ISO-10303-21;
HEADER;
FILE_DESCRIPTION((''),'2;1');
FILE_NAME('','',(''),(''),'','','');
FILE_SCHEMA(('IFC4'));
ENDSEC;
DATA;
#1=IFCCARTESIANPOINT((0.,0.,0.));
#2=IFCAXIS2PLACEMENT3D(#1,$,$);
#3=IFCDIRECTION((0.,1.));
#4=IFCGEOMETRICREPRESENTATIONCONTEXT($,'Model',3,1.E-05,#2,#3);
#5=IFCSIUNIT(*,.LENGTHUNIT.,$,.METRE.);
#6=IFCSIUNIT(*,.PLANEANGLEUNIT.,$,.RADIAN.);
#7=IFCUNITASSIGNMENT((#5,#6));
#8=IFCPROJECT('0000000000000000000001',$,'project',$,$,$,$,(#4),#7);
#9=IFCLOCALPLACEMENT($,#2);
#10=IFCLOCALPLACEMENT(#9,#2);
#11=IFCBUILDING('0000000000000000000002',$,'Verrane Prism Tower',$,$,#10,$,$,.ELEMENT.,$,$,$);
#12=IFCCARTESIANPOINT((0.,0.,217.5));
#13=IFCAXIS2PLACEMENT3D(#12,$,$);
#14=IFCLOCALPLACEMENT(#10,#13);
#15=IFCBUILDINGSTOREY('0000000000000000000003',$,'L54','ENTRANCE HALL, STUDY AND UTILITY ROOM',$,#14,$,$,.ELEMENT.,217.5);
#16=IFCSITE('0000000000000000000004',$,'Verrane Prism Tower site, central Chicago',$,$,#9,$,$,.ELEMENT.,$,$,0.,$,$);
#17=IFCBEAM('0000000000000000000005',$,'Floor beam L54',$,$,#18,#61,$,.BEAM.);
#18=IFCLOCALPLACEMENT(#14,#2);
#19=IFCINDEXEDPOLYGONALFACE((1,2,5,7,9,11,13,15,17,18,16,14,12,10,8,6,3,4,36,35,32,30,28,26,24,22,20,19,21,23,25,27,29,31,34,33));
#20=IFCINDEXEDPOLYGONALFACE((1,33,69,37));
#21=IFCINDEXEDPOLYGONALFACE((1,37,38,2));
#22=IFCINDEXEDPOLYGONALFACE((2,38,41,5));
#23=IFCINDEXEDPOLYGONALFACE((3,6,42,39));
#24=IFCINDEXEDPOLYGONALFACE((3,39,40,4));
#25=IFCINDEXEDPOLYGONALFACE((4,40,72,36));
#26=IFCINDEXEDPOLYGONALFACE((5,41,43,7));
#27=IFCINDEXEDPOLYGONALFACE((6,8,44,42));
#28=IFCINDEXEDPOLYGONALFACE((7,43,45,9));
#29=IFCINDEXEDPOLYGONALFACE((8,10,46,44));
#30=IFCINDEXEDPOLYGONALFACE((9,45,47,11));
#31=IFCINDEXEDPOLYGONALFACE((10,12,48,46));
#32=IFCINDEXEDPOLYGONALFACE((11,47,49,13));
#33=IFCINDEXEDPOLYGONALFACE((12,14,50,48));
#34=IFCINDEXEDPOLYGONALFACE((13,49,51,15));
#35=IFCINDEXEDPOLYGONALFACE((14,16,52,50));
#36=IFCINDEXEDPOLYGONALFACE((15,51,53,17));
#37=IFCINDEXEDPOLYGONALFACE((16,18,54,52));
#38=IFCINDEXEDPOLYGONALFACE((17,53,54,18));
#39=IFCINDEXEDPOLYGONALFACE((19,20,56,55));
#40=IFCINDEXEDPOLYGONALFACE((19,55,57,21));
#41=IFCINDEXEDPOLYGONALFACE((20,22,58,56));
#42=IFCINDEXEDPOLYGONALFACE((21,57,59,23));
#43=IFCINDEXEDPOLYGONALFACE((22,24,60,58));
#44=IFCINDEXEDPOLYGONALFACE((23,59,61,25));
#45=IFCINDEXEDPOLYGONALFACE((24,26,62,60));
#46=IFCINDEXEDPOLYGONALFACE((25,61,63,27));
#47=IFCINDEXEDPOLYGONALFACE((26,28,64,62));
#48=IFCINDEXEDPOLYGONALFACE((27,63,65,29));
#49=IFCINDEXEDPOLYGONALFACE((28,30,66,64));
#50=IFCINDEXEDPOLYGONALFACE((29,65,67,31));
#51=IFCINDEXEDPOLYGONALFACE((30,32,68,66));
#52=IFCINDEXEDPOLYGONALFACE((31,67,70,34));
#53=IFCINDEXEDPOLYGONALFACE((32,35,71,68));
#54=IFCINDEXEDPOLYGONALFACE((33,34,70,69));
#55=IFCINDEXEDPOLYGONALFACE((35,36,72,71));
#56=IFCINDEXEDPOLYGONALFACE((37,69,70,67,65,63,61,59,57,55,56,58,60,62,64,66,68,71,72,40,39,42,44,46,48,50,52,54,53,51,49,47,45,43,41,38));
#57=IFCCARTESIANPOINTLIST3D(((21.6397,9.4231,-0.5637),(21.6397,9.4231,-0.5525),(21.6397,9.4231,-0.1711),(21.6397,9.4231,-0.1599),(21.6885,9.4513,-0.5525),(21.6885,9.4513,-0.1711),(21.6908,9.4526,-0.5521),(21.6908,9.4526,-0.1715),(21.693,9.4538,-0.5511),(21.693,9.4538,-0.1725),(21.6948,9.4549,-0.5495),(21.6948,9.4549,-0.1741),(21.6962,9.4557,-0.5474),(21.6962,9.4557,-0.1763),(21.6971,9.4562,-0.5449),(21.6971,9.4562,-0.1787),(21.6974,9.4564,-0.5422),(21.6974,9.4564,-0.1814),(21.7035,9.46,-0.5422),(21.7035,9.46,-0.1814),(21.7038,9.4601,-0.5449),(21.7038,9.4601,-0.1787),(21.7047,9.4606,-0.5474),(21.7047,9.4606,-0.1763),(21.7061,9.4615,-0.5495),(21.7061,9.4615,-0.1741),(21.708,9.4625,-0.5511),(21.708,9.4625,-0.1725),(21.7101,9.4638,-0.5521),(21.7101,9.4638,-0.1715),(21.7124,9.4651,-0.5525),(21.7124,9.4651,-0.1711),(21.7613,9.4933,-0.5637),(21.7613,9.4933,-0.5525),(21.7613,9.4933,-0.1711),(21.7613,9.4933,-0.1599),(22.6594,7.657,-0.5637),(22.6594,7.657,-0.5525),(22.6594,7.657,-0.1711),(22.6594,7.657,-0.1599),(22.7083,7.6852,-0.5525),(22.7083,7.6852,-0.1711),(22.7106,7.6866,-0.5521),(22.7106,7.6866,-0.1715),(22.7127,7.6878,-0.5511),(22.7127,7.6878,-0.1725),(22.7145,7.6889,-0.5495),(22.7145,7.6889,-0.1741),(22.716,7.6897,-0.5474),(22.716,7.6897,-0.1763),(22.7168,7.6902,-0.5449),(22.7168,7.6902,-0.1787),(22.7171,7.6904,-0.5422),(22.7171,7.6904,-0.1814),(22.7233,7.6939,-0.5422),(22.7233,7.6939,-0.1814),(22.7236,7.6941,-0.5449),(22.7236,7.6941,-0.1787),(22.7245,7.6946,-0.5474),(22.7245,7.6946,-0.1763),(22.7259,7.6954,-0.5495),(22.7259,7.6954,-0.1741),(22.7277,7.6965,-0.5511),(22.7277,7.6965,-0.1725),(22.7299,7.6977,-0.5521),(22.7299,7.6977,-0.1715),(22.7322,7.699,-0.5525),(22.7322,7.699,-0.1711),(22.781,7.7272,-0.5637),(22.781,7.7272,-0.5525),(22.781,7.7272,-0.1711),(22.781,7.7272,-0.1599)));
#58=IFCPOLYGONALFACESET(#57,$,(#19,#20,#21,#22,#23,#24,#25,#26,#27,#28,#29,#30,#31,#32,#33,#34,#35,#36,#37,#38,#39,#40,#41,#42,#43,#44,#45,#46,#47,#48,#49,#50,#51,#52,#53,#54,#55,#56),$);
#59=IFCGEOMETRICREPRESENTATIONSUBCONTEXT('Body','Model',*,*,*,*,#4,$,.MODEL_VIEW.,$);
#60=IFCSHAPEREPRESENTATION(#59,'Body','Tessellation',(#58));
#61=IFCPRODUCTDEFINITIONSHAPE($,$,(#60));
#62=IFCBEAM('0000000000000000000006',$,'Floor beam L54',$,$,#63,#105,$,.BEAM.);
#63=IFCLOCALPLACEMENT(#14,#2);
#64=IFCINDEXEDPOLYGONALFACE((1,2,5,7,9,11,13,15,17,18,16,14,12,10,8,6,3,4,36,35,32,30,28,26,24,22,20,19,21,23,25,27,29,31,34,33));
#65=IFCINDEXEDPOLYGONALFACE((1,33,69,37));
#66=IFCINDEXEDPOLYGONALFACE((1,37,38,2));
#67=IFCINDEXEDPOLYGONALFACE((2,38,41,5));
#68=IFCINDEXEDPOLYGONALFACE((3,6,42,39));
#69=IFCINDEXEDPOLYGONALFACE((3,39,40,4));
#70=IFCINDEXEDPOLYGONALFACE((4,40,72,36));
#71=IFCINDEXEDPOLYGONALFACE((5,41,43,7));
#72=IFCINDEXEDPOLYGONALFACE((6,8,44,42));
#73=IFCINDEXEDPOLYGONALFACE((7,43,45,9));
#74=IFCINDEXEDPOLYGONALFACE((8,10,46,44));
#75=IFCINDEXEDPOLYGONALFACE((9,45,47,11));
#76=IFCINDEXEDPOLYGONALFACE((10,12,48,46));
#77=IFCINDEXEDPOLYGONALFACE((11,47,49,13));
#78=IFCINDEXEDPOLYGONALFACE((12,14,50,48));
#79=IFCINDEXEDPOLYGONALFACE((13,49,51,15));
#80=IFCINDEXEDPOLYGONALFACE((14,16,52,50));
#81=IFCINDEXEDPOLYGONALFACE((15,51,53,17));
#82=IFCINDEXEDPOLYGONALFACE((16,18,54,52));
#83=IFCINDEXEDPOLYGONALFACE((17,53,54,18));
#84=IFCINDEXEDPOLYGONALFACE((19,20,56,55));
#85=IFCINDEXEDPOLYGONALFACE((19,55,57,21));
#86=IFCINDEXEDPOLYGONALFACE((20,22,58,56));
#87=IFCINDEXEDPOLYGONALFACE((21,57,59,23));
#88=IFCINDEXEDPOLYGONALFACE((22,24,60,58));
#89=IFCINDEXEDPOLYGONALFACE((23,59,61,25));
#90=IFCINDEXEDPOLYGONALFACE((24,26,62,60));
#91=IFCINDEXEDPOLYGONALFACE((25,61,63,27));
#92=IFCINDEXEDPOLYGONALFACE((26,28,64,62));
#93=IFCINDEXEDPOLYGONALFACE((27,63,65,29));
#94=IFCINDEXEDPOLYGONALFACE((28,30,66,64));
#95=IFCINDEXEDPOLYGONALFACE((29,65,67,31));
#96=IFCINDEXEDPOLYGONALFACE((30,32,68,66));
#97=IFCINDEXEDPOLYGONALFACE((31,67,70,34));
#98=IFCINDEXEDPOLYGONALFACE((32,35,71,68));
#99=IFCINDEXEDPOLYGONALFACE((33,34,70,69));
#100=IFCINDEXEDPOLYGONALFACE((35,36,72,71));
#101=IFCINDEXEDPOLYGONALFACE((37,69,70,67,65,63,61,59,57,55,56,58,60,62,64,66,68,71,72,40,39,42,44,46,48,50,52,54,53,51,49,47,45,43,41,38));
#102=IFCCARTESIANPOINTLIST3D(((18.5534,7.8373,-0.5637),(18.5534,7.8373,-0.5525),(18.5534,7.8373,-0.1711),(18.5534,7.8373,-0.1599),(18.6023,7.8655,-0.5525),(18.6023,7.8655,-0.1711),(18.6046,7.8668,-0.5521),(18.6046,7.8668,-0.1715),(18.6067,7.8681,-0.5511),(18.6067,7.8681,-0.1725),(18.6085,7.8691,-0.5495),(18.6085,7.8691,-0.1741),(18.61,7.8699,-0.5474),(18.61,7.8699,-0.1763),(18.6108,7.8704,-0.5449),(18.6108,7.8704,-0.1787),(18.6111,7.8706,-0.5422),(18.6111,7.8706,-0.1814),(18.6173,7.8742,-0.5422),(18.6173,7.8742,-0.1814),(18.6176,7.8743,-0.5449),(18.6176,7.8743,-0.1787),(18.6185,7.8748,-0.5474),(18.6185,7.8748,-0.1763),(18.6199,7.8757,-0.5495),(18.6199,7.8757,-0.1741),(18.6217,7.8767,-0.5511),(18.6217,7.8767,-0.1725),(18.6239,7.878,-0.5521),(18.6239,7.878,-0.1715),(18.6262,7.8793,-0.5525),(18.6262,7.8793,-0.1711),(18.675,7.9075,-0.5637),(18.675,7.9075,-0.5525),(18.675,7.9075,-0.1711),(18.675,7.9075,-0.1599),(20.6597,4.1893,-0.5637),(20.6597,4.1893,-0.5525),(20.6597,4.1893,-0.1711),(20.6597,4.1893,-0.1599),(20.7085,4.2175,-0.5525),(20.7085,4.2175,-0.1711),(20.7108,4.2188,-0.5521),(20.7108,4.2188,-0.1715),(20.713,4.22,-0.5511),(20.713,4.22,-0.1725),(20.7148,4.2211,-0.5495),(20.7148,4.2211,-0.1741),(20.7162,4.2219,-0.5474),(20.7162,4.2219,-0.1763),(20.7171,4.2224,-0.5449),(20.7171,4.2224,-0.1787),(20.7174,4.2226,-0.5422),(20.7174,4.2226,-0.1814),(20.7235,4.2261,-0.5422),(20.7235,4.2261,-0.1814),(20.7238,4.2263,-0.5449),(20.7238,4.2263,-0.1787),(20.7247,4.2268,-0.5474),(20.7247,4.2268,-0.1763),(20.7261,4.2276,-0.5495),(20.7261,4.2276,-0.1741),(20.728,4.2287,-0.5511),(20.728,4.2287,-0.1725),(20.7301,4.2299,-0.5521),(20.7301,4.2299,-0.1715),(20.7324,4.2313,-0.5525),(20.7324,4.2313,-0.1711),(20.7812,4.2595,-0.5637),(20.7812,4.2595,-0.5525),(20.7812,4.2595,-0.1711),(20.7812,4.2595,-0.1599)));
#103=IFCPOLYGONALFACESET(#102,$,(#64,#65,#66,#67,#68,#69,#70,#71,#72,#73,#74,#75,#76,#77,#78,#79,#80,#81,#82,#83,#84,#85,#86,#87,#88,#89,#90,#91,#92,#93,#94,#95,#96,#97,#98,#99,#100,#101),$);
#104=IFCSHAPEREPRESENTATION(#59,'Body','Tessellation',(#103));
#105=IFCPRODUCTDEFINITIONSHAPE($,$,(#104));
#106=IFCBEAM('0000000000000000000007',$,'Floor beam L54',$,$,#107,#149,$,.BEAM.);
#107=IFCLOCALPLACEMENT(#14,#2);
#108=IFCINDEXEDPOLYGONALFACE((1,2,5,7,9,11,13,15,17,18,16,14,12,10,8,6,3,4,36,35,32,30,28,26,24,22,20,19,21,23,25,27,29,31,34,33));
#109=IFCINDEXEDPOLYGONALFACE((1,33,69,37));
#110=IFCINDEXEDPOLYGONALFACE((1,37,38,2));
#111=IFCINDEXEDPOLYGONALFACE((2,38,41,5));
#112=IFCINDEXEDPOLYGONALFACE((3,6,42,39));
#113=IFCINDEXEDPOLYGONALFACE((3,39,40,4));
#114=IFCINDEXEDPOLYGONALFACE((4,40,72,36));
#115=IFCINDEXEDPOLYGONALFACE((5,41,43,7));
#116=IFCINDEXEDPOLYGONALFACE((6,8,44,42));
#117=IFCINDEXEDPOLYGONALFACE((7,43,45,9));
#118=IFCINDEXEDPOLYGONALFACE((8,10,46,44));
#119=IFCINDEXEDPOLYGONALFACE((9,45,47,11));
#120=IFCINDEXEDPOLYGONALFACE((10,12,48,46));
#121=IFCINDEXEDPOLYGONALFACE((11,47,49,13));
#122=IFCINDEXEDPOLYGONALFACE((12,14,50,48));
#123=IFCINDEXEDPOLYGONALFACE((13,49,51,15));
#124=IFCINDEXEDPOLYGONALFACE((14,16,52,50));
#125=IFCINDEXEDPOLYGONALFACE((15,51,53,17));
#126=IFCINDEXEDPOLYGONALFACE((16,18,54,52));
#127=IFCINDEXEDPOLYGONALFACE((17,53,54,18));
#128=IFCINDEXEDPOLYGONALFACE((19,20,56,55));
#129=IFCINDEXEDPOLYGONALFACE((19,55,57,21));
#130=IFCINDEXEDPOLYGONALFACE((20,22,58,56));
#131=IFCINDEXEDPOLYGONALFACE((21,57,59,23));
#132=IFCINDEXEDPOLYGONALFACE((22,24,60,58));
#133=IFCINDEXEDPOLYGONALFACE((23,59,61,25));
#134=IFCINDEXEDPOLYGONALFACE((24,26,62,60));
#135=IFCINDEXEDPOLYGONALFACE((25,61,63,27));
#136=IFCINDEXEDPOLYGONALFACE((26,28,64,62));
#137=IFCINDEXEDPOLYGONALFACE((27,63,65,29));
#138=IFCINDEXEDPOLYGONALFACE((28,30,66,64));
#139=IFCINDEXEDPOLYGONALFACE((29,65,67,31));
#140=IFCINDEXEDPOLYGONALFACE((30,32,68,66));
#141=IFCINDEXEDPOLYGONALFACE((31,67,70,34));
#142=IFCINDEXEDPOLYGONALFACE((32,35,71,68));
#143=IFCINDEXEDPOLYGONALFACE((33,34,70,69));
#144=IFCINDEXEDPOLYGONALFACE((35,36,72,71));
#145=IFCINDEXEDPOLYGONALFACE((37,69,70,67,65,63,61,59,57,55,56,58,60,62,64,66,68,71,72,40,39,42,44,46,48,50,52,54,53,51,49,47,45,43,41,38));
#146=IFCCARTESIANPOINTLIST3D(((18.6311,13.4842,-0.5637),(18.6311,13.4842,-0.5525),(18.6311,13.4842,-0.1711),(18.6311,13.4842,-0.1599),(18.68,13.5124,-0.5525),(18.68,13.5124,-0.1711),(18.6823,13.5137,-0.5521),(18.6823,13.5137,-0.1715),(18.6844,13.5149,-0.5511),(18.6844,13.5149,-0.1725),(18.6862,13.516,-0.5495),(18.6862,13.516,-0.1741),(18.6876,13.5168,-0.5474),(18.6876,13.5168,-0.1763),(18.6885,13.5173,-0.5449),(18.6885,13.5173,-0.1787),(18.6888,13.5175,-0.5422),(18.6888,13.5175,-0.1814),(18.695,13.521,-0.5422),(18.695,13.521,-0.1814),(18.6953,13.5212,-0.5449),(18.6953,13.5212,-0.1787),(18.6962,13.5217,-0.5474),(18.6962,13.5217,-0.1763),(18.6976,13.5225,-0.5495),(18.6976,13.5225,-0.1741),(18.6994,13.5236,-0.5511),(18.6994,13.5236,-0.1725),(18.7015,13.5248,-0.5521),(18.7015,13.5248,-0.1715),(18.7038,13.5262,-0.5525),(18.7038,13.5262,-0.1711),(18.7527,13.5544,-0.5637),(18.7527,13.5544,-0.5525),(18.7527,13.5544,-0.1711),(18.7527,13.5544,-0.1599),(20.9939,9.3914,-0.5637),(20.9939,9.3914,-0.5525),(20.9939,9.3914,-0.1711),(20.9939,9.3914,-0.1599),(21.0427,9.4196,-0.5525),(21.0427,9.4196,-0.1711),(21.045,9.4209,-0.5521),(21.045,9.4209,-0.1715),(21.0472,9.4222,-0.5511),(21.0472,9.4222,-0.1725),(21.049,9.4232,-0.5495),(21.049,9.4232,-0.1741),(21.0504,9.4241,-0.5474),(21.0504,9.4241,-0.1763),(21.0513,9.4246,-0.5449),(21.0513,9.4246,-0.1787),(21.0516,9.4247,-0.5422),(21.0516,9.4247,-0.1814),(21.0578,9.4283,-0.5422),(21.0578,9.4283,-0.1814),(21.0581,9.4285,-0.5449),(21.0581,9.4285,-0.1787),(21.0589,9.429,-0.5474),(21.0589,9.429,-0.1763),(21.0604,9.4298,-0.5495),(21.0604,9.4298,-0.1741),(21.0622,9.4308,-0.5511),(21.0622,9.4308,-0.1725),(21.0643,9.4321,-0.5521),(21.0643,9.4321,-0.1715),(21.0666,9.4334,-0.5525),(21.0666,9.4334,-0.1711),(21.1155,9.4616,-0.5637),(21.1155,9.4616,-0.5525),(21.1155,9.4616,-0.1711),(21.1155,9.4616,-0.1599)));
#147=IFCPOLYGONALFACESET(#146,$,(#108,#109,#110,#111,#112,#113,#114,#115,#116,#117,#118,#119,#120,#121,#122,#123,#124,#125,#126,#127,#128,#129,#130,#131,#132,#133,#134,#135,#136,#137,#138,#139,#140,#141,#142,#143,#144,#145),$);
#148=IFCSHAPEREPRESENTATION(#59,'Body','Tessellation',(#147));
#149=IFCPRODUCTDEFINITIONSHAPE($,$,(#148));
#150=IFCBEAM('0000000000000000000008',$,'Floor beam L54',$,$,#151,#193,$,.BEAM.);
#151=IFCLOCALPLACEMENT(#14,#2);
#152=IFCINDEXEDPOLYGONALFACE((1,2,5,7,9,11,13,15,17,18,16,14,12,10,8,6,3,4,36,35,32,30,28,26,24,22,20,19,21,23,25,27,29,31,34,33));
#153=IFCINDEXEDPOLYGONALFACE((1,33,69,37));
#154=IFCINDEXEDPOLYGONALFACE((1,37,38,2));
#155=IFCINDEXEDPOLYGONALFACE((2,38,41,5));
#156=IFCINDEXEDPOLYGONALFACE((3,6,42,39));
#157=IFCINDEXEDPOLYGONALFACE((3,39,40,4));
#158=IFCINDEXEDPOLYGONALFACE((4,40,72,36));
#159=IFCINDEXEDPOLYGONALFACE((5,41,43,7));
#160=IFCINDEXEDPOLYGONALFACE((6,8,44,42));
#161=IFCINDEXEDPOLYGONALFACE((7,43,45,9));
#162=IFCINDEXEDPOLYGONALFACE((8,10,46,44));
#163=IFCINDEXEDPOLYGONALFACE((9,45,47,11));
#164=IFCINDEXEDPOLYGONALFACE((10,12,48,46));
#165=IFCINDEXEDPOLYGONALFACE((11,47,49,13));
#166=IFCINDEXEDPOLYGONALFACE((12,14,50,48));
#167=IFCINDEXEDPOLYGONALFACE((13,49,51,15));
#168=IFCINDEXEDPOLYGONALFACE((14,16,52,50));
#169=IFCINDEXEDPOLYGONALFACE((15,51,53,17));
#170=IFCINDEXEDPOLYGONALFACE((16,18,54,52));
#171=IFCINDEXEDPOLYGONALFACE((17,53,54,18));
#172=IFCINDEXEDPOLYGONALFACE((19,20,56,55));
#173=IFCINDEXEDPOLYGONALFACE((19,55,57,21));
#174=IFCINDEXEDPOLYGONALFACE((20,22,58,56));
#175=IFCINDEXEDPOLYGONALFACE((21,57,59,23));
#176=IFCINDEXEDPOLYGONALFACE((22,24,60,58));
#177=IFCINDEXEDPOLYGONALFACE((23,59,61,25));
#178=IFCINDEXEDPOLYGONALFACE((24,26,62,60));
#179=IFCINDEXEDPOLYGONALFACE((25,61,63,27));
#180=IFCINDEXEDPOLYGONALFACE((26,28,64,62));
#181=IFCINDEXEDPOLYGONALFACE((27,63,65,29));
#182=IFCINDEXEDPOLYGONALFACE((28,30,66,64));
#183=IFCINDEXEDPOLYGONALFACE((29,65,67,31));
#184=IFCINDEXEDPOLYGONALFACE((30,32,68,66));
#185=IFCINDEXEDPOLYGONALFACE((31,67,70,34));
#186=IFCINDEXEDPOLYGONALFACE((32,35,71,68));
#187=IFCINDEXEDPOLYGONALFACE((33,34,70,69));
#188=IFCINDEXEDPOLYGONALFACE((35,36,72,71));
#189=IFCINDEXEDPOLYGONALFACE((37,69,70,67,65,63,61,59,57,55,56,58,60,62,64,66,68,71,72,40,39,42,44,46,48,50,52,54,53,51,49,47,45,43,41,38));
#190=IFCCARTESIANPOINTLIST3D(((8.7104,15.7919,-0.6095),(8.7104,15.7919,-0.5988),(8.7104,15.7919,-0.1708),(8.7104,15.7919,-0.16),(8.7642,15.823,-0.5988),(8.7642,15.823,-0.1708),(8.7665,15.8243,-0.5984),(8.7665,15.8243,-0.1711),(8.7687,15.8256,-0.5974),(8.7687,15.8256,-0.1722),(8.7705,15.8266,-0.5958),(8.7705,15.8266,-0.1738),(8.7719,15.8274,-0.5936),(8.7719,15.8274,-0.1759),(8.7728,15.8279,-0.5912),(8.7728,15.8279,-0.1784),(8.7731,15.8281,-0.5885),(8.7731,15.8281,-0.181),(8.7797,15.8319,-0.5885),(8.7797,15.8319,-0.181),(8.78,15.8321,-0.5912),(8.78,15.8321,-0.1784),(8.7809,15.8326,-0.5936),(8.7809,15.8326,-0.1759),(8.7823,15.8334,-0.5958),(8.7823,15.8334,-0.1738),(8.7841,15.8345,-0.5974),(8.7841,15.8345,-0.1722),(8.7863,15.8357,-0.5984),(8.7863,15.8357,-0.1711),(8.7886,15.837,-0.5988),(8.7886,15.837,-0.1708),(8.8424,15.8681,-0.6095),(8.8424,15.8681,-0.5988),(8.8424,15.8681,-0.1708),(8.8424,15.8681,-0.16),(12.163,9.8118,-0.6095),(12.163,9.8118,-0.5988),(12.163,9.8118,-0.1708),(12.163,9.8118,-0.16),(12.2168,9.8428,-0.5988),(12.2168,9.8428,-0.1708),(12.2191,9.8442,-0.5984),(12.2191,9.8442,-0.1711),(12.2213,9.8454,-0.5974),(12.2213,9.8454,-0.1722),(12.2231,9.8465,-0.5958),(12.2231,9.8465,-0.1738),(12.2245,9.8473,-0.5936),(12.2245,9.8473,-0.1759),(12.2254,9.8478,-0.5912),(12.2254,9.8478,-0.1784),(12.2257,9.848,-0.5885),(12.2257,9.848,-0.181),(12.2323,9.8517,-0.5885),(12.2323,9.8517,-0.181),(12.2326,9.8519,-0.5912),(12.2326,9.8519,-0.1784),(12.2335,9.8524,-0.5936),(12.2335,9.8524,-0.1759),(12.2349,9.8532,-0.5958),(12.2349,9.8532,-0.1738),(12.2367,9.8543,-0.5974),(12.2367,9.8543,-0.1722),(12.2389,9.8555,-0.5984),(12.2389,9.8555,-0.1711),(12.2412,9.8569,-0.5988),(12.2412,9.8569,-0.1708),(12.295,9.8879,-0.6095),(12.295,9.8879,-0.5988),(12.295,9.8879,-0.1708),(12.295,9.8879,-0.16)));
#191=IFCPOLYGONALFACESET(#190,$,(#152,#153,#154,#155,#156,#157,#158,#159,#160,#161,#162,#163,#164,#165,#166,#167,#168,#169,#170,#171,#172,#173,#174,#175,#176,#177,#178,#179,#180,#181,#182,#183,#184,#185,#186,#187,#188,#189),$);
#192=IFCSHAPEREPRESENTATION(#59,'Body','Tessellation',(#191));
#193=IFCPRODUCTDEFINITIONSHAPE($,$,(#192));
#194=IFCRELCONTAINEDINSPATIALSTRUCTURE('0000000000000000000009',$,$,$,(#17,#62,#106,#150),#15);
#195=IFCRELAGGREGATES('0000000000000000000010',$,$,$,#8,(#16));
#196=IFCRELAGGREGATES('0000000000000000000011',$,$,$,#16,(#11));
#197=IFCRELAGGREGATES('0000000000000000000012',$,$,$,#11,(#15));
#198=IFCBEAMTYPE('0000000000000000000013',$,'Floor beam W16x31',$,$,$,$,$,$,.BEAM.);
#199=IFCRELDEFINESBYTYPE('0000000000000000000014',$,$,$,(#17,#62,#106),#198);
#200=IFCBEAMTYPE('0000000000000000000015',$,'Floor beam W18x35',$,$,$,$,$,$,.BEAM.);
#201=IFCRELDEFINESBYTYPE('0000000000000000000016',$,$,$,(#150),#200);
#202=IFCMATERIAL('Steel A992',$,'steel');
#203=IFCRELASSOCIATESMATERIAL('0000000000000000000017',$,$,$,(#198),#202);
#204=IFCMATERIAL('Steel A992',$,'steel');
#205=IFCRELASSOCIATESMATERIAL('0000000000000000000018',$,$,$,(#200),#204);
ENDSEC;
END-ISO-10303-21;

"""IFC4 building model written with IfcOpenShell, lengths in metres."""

from ifc_helpers import new_model, si_unit, direction, frame, origin, origin_2d, place, context, subcontext, project, spatial, i_section, extrude, material, material_profile, profile_set, type_object, element, save


model = new_model("IFC4")

# Units and contexts
model_context = context("Model", 3, precision=1e-05, world=origin(), true_north=direction((0.0, 1.0)))
body_context = subcontext(model_context, "Body", "Model", "MODEL_VIEW")
ifc_project = project(units=[si_unit("LENGTHUNIT", "METRE"), si_unit("PLANEANGLEUNIT", "RADIAN")], contexts=[model_context])

# Site, building, storey
site_placement = place(None, origin())
site = spatial("IfcSite", under=ifc_project, at=site_placement, Name="Verrane Prism Tower site, central Chicago", CompositionType="ELEMENT", RefElevation=0.0)
building_placement = place(site_placement, origin())
building = spatial("IfcBuilding", under=site, at=building_placement, Name="Verrane Prism Tower", CompositionType="ELEMENT")
storey_placement = place(building_placement, frame((0.0, 0.0, 217.5)))
storey = spatial("IfcBuildingStorey", under=building, at=storey_placement, Name="L54", Description="ENTRANCE HALL, STUDY AND UTILITY ROOM", CompositionType="ELEMENT", Elevation=217.5)

# Beams
ifc_material_1 = material(Name="Steel A992", Category="steel")
ifc_material_profile_1 = material_profile(ifc_material_1, i_section(OverallWidth=0.1404, OverallDepth=0.4038, WebThickness=0.0071, FlangeThickness=0.0112, FilletRadius=0.0103, at=origin_2d()), Name="W16x31")
ifc_profile_set_1 = profile_set([ifc_material_profile_1], Name="Steel A992")
beam_type_1 = type_object("IfcBeamType", Name="Floor beam W16x31", PredefinedType="BEAM", material=ifc_profile_set_1)
beam_1_placement = place(storey_placement, frame((22.7202, 7.6921, -0.3618), z_axis=(-0.50004, 0.866002, 0.0), x_axis=(-0.866002, -0.50004, 0.0)))
element("IfcBeam", 1, at=beam_1_placement, inside=storey, type_object=beam_type_1, Name="Floor beam L54", PredefinedType="BEAM", context=body_context, shape_type="SweptSolid", body=[
    extrude(i_section(OverallWidth=0.1404, OverallDepth=0.4038, WebThickness=0.0071, FlangeThickness=0.0112, FilletRadius=0.0103, at=origin_2d()), origin(), (0.0, 0.0, 1.0), 2.0393),
])
beam_2_placement = place(storey_placement, frame((20.7205, 4.2244, -0.3618), z_axis=(-0.50001, 0.86602, 0.0), x_axis=(-0.86602, -0.50001, 0.0)))
element("IfcBeam", 2, at=beam_2_placement, inside=storey, type_object=beam_type_1, Name="Floor beam L54", PredefinedType="BEAM", context=body_context, shape_type="SweptSolid", body=[
    extrude(i_section(OverallWidth=0.1404, OverallDepth=0.4038, WebThickness=0.0071, FlangeThickness=0.0112, FilletRadius=0.0103, at=origin_2d()), origin(), (0.0, 0.0, 1.0), 4.2124),
])
beam_3_placement = place(storey_placement, frame((21.0547, 9.4265, -0.3618), z_axis=(-0.499973, 0.866041, 0.0), x_axis=(-0.866041, -0.499973, 0.0)))
element("IfcBeam", 3, at=beam_3_placement, inside=storey, type_object=beam_type_1, Name="Floor beam L54", PredefinedType="BEAM", context=body_context, shape_type="SweptSolid", body=[
    extrude(i_section(OverallWidth=0.1404, OverallDepth=0.4038, WebThickness=0.0071, FlangeThickness=0.0112, FilletRadius=0.0103, at=origin_2d()), origin(), (0.0, 0.0, 1.0), 4.7258),
])
ifc_material_2 = material(Name="Steel A992", Category="steel")
ifc_material_profile_2 = material_profile(ifc_material_2, i_section(OverallWidth=0.1523, OverallDepth=0.4495, WebThickness=0.0076, FlangeThickness=0.0107, FilletRadius=0.0103, at=origin_2d()), Name="W18x35")
ifc_profile_set_2 = profile_set([ifc_material_profile_2], Name="Steel A992")
beam_type_2 = type_object("IfcBeamType", Name="Floor beam W18x35", PredefinedType="BEAM", material=ifc_profile_set_2)
beam_4_placement = place(storey_placement, frame((12.229, 9.8499, -0.3848), z_axis=(-0.499995, 0.866028, 0.0), x_axis=(-0.866028, -0.499995, 0.0)))
element("IfcBeam", 4, at=beam_4_placement, inside=storey, type_object=beam_type_2, Name="Floor beam L54", PredefinedType="BEAM", context=body_context, shape_type="SweptSolid", body=[
    extrude(i_section(OverallWidth=0.1523, OverallDepth=0.4495, WebThickness=0.0076, FlangeThickness=0.0107, FilletRadius=0.0103, at=origin_2d()), origin(), (0.0, 0.0, 1.0), 6.9053),
])

save(model, "model.ifc")
